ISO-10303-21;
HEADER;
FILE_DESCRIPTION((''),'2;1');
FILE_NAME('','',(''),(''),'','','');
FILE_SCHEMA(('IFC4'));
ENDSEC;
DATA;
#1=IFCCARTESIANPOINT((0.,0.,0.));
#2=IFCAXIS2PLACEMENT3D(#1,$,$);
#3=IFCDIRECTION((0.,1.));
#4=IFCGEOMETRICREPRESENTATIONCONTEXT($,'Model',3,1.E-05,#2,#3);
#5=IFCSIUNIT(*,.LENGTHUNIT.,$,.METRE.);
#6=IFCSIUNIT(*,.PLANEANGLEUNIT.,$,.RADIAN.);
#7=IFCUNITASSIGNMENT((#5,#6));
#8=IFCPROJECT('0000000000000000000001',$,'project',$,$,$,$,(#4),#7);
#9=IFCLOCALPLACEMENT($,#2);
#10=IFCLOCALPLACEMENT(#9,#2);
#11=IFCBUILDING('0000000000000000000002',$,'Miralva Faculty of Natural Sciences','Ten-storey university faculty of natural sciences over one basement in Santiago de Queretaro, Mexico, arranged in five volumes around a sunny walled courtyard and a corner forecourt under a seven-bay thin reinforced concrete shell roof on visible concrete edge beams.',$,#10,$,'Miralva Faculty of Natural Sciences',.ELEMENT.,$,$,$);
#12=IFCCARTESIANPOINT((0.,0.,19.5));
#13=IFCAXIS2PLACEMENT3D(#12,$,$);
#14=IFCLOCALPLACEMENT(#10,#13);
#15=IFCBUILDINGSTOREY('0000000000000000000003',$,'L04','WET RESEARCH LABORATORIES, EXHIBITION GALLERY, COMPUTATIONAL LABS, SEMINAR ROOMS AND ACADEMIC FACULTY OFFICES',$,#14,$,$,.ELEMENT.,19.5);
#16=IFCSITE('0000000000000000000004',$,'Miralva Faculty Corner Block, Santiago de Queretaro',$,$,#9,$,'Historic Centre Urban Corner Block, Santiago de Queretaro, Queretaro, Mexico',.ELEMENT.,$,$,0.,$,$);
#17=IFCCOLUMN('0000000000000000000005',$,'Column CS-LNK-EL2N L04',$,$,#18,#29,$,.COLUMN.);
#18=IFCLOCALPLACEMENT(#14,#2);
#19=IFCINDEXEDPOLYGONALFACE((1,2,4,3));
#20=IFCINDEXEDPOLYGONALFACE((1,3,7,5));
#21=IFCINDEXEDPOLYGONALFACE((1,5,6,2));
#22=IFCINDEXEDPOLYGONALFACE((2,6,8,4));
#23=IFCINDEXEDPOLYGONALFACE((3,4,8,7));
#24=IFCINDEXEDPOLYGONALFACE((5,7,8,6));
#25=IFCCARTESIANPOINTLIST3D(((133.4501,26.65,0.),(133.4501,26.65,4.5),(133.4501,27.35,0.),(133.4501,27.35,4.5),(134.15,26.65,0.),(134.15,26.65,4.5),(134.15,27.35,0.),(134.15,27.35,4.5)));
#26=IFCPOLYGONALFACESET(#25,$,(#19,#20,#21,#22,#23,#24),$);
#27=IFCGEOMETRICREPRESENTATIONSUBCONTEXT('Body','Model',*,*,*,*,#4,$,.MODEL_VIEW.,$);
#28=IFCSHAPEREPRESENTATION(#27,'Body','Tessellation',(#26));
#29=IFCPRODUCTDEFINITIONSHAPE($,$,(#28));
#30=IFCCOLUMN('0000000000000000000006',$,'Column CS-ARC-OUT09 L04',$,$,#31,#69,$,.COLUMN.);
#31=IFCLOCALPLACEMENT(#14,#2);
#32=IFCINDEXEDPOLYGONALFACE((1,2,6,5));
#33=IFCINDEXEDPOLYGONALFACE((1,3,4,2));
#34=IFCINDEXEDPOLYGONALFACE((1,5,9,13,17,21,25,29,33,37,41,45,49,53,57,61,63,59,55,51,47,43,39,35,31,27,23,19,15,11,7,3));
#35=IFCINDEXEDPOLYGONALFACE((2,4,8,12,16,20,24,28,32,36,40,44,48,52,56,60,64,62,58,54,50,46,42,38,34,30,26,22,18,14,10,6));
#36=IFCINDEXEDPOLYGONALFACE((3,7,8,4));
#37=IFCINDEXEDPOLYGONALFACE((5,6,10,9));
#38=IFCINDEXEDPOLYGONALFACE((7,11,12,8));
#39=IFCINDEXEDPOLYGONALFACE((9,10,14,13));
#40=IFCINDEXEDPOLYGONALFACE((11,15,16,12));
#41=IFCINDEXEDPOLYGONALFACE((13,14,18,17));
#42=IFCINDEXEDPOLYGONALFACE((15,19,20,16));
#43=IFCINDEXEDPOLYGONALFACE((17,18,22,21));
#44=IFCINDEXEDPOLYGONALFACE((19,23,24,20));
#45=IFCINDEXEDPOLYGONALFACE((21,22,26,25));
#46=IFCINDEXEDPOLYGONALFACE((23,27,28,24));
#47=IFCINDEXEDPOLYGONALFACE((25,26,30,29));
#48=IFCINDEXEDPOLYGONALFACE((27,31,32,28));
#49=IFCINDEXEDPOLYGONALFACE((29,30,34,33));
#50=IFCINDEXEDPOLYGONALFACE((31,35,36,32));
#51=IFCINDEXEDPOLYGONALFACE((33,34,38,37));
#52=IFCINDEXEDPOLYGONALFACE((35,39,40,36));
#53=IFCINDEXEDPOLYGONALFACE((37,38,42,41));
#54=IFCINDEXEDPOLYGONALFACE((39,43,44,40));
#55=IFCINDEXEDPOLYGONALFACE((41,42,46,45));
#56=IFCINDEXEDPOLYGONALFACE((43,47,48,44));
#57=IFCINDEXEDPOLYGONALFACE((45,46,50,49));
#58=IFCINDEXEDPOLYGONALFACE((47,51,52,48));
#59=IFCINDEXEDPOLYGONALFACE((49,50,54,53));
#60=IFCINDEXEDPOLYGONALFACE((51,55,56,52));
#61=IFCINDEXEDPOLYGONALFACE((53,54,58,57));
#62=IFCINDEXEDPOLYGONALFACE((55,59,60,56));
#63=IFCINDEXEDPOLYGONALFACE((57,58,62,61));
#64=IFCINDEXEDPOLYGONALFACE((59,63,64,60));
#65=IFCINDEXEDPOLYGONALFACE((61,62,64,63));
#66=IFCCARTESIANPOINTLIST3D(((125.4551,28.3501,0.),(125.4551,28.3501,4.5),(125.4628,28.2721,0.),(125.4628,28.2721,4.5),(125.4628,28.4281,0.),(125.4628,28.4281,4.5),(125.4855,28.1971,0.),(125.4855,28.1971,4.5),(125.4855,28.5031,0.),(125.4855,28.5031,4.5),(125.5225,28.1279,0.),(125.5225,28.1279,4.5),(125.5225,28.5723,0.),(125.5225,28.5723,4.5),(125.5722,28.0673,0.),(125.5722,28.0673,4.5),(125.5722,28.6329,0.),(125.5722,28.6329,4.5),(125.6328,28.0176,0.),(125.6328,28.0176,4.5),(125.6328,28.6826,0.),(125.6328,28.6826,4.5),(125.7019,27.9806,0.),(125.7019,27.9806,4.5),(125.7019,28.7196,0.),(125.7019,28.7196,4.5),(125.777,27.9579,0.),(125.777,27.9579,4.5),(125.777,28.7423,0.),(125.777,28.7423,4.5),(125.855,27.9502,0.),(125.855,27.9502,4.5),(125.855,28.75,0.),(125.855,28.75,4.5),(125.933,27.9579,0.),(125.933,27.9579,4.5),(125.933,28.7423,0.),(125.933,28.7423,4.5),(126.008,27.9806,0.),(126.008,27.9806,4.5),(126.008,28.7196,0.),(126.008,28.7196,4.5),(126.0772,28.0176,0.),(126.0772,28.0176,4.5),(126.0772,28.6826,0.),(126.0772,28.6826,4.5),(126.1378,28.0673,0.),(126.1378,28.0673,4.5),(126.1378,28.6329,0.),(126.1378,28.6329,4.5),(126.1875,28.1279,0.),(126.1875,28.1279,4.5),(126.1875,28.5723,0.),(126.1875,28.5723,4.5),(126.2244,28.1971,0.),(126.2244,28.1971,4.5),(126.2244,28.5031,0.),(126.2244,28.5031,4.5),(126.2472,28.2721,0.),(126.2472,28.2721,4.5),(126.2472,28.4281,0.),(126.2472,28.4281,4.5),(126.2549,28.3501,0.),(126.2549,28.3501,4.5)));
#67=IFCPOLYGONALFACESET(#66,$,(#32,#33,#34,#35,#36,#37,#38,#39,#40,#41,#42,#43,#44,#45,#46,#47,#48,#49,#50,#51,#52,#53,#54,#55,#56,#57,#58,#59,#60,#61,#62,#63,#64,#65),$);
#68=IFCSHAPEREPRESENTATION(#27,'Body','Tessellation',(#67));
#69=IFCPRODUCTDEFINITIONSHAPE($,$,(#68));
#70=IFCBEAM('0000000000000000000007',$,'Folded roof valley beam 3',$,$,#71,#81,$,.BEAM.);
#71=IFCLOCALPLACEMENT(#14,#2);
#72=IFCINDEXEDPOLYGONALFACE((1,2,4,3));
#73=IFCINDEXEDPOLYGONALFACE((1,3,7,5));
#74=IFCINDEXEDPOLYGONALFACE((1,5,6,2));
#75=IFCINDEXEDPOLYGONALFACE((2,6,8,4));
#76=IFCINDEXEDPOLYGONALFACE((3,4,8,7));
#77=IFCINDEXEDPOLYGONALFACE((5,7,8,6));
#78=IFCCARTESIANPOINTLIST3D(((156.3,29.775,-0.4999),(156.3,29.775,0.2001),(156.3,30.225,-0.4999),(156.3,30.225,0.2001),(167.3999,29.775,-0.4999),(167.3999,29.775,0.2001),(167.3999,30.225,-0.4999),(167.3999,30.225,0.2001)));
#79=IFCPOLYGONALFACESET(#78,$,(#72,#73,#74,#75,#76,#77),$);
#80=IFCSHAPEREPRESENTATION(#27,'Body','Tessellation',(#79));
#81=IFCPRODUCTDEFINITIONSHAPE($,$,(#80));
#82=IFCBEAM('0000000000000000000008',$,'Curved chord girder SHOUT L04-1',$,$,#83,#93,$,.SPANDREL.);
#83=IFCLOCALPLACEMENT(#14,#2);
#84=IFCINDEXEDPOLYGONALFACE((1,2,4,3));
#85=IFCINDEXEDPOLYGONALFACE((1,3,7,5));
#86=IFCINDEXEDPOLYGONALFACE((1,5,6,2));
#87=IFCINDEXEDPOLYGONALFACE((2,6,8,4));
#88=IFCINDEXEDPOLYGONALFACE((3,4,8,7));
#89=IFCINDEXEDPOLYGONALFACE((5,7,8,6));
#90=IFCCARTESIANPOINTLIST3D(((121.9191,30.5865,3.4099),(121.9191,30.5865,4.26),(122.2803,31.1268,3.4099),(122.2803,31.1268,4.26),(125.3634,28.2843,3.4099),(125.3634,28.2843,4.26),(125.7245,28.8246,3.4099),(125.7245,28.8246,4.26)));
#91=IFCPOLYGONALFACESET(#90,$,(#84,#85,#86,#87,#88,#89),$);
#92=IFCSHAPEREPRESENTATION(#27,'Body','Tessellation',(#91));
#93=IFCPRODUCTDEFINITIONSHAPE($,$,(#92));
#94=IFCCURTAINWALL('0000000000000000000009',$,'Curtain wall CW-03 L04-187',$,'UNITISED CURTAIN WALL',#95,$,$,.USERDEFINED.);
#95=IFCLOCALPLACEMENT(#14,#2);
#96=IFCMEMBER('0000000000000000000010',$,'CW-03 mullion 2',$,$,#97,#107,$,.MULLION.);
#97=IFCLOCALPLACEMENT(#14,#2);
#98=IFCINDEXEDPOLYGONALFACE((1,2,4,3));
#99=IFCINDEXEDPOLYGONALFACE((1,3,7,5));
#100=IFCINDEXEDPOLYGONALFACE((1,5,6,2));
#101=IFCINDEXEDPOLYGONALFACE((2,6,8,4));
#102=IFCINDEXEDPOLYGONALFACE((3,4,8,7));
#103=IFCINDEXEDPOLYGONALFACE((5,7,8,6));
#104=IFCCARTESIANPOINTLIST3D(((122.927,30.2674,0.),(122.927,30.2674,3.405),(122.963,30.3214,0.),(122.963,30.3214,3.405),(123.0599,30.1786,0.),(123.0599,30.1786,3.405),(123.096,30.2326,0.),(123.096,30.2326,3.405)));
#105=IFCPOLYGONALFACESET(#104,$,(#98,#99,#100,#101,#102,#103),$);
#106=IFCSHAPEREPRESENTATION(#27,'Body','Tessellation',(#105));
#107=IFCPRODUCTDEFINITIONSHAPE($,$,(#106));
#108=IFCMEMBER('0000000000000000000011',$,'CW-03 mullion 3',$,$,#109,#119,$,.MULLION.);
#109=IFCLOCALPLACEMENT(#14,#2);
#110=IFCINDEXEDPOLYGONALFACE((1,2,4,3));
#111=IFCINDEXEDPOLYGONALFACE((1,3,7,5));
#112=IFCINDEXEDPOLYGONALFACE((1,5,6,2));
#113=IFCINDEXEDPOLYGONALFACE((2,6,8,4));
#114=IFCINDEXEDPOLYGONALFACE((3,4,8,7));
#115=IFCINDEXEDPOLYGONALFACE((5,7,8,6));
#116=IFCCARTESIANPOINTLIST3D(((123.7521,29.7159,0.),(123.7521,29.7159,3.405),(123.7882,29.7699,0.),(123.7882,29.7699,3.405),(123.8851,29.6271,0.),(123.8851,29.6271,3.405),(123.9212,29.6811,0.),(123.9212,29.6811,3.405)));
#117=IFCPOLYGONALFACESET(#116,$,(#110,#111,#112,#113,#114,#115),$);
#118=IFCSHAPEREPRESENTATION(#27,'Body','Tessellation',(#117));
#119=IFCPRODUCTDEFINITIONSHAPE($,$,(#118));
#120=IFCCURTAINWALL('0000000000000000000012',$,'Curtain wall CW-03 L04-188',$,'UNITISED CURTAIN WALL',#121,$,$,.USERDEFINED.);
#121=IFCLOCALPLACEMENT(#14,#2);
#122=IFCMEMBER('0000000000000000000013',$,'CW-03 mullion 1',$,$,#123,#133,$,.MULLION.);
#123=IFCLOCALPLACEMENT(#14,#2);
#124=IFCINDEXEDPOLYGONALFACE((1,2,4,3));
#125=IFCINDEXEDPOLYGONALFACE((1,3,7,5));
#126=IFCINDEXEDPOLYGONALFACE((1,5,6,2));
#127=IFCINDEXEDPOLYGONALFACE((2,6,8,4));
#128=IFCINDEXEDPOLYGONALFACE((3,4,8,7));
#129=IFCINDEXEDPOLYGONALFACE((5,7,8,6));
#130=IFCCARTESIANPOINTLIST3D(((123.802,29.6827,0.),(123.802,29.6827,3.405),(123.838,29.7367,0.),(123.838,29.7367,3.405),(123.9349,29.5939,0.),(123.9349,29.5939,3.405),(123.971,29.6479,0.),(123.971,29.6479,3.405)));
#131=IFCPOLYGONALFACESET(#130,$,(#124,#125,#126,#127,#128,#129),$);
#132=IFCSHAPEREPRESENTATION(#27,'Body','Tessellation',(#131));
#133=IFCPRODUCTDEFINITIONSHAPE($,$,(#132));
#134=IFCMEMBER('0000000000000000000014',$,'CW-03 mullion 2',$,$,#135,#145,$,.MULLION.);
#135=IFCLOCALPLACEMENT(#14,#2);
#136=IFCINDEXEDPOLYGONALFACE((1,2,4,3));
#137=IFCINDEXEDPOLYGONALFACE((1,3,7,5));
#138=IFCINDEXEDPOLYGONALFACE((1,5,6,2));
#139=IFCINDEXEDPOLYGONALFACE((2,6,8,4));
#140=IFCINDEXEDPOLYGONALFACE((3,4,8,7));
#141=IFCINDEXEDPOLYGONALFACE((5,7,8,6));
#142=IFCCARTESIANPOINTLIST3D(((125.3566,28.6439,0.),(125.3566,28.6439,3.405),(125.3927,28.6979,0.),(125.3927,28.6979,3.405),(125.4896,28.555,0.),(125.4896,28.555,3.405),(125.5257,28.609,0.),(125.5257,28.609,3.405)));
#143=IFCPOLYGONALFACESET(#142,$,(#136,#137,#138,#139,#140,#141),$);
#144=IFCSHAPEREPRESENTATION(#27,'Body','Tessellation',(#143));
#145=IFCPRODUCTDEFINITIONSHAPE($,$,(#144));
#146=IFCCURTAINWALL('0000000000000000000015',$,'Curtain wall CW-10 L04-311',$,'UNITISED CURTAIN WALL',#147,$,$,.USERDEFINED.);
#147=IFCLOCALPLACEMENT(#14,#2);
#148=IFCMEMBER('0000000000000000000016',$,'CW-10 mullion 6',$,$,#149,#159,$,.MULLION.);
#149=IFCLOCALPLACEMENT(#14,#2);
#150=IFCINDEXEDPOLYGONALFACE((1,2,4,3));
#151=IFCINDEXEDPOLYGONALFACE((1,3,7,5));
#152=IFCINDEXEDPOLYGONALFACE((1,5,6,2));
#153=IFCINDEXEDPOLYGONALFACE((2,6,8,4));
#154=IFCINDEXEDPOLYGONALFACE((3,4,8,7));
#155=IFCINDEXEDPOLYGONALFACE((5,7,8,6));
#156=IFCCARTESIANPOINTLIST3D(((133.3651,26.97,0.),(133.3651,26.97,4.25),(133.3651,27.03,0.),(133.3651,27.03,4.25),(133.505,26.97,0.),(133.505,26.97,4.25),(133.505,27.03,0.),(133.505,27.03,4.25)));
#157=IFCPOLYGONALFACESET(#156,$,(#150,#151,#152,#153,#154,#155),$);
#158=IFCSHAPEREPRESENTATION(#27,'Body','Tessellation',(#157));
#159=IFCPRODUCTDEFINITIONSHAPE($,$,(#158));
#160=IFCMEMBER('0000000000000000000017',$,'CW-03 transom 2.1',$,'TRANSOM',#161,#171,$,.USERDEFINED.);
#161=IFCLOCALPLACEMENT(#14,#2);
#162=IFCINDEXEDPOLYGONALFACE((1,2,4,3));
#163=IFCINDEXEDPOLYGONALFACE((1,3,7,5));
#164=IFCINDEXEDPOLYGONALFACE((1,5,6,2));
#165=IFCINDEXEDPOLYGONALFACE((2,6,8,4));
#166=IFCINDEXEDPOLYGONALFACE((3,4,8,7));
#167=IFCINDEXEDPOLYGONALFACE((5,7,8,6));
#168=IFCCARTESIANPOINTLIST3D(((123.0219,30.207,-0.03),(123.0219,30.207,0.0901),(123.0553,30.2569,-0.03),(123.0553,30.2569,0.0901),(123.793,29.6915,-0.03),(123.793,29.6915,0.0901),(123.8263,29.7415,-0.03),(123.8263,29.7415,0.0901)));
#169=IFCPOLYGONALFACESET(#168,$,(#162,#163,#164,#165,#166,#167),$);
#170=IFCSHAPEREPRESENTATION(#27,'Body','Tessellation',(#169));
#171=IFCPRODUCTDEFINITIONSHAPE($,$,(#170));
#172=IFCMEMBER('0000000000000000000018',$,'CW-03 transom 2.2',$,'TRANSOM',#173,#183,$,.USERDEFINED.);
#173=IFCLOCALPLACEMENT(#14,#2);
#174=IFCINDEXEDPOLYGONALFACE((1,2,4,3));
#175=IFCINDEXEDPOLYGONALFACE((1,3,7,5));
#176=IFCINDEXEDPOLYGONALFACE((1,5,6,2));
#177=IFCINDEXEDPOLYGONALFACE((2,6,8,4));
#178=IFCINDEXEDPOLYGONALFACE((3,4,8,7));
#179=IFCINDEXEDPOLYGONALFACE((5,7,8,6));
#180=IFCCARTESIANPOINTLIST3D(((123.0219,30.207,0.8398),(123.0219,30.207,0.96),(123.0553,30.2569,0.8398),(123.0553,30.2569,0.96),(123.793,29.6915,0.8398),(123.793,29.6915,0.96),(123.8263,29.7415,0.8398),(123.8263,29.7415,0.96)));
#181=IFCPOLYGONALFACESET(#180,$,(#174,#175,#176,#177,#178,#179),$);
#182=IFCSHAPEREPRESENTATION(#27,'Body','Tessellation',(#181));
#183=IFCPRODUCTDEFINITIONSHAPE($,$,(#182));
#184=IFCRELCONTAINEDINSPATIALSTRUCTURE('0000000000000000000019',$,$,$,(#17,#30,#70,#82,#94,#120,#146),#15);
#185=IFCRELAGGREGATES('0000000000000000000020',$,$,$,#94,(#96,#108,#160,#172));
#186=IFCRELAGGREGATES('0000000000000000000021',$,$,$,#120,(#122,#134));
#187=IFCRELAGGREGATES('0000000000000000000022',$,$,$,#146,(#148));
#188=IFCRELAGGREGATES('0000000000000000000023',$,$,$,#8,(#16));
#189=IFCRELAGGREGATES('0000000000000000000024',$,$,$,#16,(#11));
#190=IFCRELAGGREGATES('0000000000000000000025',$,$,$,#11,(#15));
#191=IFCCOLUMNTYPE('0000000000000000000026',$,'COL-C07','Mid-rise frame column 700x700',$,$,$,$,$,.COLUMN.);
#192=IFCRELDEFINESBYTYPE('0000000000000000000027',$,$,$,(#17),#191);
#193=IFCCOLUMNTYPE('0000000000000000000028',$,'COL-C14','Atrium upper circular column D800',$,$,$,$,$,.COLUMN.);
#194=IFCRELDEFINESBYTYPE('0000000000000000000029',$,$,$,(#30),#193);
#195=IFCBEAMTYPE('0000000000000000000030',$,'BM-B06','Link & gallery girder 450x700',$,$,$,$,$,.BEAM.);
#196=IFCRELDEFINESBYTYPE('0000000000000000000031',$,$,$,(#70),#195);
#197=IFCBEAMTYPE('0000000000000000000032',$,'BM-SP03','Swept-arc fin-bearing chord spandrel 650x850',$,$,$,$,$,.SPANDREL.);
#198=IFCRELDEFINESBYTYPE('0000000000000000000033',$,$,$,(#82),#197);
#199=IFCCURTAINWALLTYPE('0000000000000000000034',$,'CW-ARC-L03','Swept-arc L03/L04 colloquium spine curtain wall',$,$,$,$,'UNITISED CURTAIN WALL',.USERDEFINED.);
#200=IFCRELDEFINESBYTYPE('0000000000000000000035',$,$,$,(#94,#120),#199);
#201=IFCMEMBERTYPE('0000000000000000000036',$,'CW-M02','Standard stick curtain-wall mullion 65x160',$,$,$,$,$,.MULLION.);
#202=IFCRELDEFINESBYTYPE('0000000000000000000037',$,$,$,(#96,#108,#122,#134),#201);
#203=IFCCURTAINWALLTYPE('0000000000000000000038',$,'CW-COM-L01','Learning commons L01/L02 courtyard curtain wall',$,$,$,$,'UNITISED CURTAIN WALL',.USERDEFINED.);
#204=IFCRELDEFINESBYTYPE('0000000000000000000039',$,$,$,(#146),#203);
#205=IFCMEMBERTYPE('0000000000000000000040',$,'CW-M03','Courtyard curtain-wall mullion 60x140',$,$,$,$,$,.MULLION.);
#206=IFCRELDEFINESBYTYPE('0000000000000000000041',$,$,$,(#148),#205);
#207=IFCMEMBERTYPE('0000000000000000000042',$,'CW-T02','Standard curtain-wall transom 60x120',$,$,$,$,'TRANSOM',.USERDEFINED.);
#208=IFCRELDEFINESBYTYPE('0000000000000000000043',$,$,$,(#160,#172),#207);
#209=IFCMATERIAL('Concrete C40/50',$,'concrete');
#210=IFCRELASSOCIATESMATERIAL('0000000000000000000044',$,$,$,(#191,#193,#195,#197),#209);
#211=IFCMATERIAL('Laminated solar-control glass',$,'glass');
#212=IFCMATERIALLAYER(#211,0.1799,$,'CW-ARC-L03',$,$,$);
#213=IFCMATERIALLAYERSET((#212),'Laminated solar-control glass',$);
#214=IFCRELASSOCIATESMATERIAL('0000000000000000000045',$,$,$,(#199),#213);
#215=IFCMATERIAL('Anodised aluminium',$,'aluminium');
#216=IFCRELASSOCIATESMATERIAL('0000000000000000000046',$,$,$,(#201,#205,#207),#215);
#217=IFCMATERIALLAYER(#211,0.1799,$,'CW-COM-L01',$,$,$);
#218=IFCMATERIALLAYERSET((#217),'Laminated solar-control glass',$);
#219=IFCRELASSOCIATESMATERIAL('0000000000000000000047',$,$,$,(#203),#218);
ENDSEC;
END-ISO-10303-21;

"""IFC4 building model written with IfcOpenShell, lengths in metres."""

from ifc_helpers import new_model, si_unit, direction, frame, origin, origin_2d, place, context, subcontext, project, spatial, rectangle, circle, extrude, material, layer, layer_set, material_profile, profile_set, type_object, element, aggregate, save


model = new_model("IFC4")

# Units and contexts
model_context = context("Model", 3, precision=1e-05, world=origin(), true_north=direction((0.0, 1.0)))
body_context = subcontext(model_context, "Body", "Model", "MODEL_VIEW")
ifc_project = project(units=[si_unit("LENGTHUNIT", "METRE"), si_unit("PLANEANGLEUNIT", "RADIAN")], contexts=[model_context])

# Site, building, storey
site_placement = place(None, origin())
site = spatial("IfcSite", under=ifc_project, at=site_placement, Name="Miralva Faculty Corner Block, Santiago de Queretaro", LongName="Historic Centre Urban Corner Block, Santiago de Queretaro, Queretaro, Mexico", CompositionType="ELEMENT", RefElevation=0.0)
building_placement = place(site_placement, origin())
building = spatial("IfcBuilding", under=site, at=building_placement, Name="Miralva Faculty of Natural Sciences", Description="Ten-storey university faculty of natural sciences over one basement in Santiago de Queretaro, Mexico, arranged in five volumes around a sunny walled courtyard and a corner forecourt under a seven-bay thin reinforced concrete shell roof on visible concrete edge beams.", LongName="Miralva Faculty of Natural Sciences", CompositionType="ELEMENT")
storey_placement = place(building_placement, frame((0.0, 0.0, 19.5)))
storey = spatial("IfcBuildingStorey", under=building, at=storey_placement, Name="L04", Description="WET RESEARCH LABORATORIES, EXHIBITION GALLERY, COMPUTATIONAL LABS, SEMINAR ROOMS AND ACADEMIC FACULTY OFFICES", CompositionType="ELEMENT", Elevation=19.5)

# Columns
ifc_material_1 = material(Name="Concrete C40/50", Category="concrete")
ifc_material_profile_1 = material_profile(ifc_material_1, rectangle(XDim=0.7, YDim=0.7, at=origin_2d()), Name="RC 700x700")
ifc_profile_set_1 = profile_set([ifc_material_profile_1], Name="Concrete C40/50")
column_type_1 = type_object("IfcColumnType", Name="COL-C07", Description="Mid-rise frame column 700x700", PredefinedType="COLUMN", material=ifc_profile_set_1)
column_1_placement = place(storey_placement, frame((133.8, 27.0, 0.0), z_axis=(0.0, 0.0, 1.0), x_axis=(1.0, 0.0, 0.0)))
element("IfcColumn", 1, at=column_1_placement, inside=storey, type_object=column_type_1, Name="Column CS-LNK-EL2N L04", PredefinedType="COLUMN", context=body_context, shape_type="SweptSolid", body=[
    extrude(rectangle(XDim=0.7, YDim=0.7, at=origin_2d()), origin(), (0.0, 0.0, 1.0), 4.5),
])
ifc_material_profile_2 = material_profile(ifc_material_1, circle(Radius=0.3999, at=origin_2d()), Name="RC DIA 800")
ifc_profile_set_2 = profile_set([ifc_material_profile_2], Name="Concrete C40/50")
column_type_2 = type_object("IfcColumnType", Name="COL-C14", Description="Atrium upper circular column D800", PredefinedType="COLUMN", material=ifc_profile_set_2)
column_2_placement = place(storey_placement, frame((125.855, 28.3501, 0.0), z_axis=(0.0, 0.0, 1.0), x_axis=(1.0, 0.0, 0.0)))
element("IfcColumn", 2, at=column_2_placement, inside=storey, type_object=column_type_2, Name="Column CS-ARC-OUT09 L04", PredefinedType="COLUMN", context=body_context, shape_type="SweptSolid", body=[
    extrude(circle(Radius=0.3999, at=origin_2d()), origin(), (0.0, 0.0, 1.0), 4.5),
])

# Beams
ifc_material_profile_3 = material_profile(ifc_material_1, rectangle(XDim=0.45, YDim=0.7, at=origin_2d()), Name="RC 450x700")
ifc_profile_set_3 = profile_set([ifc_material_profile_3], Name="Concrete C40/50")
beam_type_1 = type_object("IfcBeamType", Name="BM-B06", Description="Link & gallery girder 450x700", PredefinedType="BEAM", material=ifc_profile_set_3)
beam_1_placement = place(storey_placement, frame((156.3, 30.0, -0.1499), z_axis=(1.0, 0.0, 0.0), x_axis=(0.0, 1.0, 0.0)))
element("IfcBeam", 3, at=beam_1_placement, inside=storey, type_object=beam_type_1, Name="Folded roof valley beam 3", PredefinedType="BEAM", context=body_context, shape_type="SweptSolid", body=[
    extrude(rectangle(XDim=0.45, YDim=0.7, at=origin_2d()), origin(), (0.0, 0.0, 1.0), 11.0999),
])
ifc_material_profile_4 = material_profile(ifc_material_1, rectangle(XDim=0.6499, YDim=0.8501, at=origin_2d()), Name="RC 650x850")
ifc_profile_set_4 = profile_set([ifc_material_profile_4], Name="Concrete C40/50")
beam_type_2 = type_object("IfcBeamType", Name="BM-SP03", Description="Swept-arc fin-bearing chord spandrel 650x850", PredefinedType="SPANDREL", material=ifc_profile_set_4)
beam_2_placement = place(storey_placement, frame((125.5439, 28.5544, 3.835), z_axis=(-0.831379, 0.555706, 0.0), x_axis=(-0.555706, -0.831379, 0.0)))
element("IfcBeam", 4, at=beam_2_placement, inside=storey, type_object=beam_type_2, Name="Curved chord girder SHOUT L04-1", PredefinedType="SPANDREL", context=body_context, shape_type="SweptSolid", body=[
    extrude(rectangle(XDim=0.6499, YDim=0.8501, at=origin_2d()), origin(), (0.0, 0.0, 1.0), 4.1428),
])

# Curtain walls, members
ifc_material_2 = material(Name="Laminated solar-control glass", Category="glass")
ifc_layer_1 = layer(ifc_material_2, 0.1799, Name="CW-ARC-L03")
ifc_layer_set_1 = layer_set([ifc_layer_1], Name="Laminated solar-control glass")
curtain_wall_type_1 = type_object("IfcCurtainWallType", Name="CW-ARC-L03", Description="Swept-arc L03/L04 colloquium spine curtain wall", ElementType="UNITISED CURTAIN WALL", PredefinedType="USERDEFINED", material=ifc_layer_set_1)
curtain_wall_1_placement = place(storey_placement, origin())
curtain_wall_1 = element("IfcCurtainWall", 5, at=curtain_wall_1_placement, inside=storey, type_object=curtain_wall_type_1, Name="Curtain wall CW-03 L04-187", ObjectType="UNITISED CURTAIN WALL", PredefinedType="USERDEFINED")
ifc_material_3 = material(Name="Anodised aluminium", Category="aluminium")
ifc_material_profile_5 = material_profile(ifc_material_3, rectangle(XDim=0.0649, YDim=0.1599, at=origin_2d()), Name="MULLION 65x160")
ifc_profile_set_5 = profile_set([ifc_material_profile_5], Name="Anodised aluminium")
member_type_1 = type_object("IfcMemberType", Name="CW-M02", Description="Standard stick curtain-wall mullion 65x160", PredefinedType="MULLION", material=ifc_profile_set_5)
member_1_placement = place(storey_placement, frame((123.0115, 30.25, 0.0), z_axis=(0.0, 0.0, 1.0), x_axis=(0.555589, 0.831457, 0.0)))
member_1 = element("IfcMember", 6, at=member_1_placement, type_object=member_type_1, Name="CW-03 mullion 2", PredefinedType="MULLION", context=body_context, shape_type="SweptSolid", body=[
    extrude(rectangle(XDim=0.0649, YDim=0.1599, at=origin_2d()), origin(), (0.0, 0.0, 1.0), 3.405),
])
member_2_placement = place(storey_placement, frame((123.8367, 29.6985, 0.0), z_axis=(0.0, 0.0, 1.0), x_axis=(0.555589, 0.831457, 0.0)))
member_2 = element("IfcMember", 7, at=member_2_placement, type_object=member_type_1, Name="CW-03 mullion 3", PredefinedType="MULLION", context=body_context, shape_type="SweptSolid", body=[
    extrude(rectangle(XDim=0.0649, YDim=0.1599, at=origin_2d()), origin(), (0.0, 0.0, 1.0), 3.405),
])
curtain_wall_2_placement = place(storey_placement, origin())
curtain_wall_2 = element("IfcCurtainWall", 8, at=curtain_wall_2_placement, inside=storey, type_object=curtain_wall_type_1, Name="Curtain wall CW-03 L04-188", ObjectType="UNITISED CURTAIN WALL", PredefinedType="USERDEFINED")
member_3_placement = place(storey_placement, frame((123.8865, 29.6653, 0.0), z_axis=(0.0, 0.0, 1.0), x_axis=(0.555547, 0.831485, 0.0)))
member_3 = element("IfcMember", 9, at=member_3_placement, type_object=member_type_1, Name="CW-03 mullion 1", PredefinedType="MULLION", context=body_context, shape_type="SweptSolid", body=[
    extrude(rectangle(XDim=0.0649, YDim=0.1599, at=origin_2d()), origin(), (0.0, 0.0, 1.0), 3.405),
])
member_4_placement = place(storey_placement, frame((125.4412, 28.6265, 0.0), z_axis=(0.0, 0.0, 1.0), x_axis=(0.555547, 0.831485, 0.0)))
member_4 = element("IfcMember", 10, at=member_4_placement, type_object=member_type_1, Name="CW-03 mullion 2", PredefinedType="MULLION", context=body_context, shape_type="SweptSolid", body=[
    extrude(rectangle(XDim=0.0649, YDim=0.1599, at=origin_2d()), origin(), (0.0, 0.0, 1.0), 3.405),
])

# Curtain wall, member
ifc_layer_2 = layer(ifc_material_2, 0.1799, Name="CW-COM-L01")
ifc_layer_set_2 = layer_set([ifc_layer_2], Name="Laminated solar-control glass")
curtain_wall_type_2 = type_object("IfcCurtainWallType", Name="CW-COM-L01", Description="Learning commons L01/L02 courtyard curtain wall", ElementType="UNITISED CURTAIN WALL", PredefinedType="USERDEFINED", material=ifc_layer_set_2)
curtain_wall_3_placement = place(storey_placement, origin())
curtain_wall_3 = element("IfcCurtainWall", 11, at=curtain_wall_3_placement, inside=storey, type_object=curtain_wall_type_2, Name="Curtain wall CW-10 L04-311", ObjectType="UNITISED CURTAIN WALL", PredefinedType="USERDEFINED")
ifc_material_profile_6 = material_profile(ifc_material_3, rectangle(XDim=0.0601, YDim=0.1399, at=origin_2d()), Name="MULLION 60x140")
ifc_profile_set_6 = profile_set([ifc_material_profile_6], Name="Anodised aluminium")
member_type_2 = type_object("IfcMemberType", Name="CW-M03", Description="Courtyard curtain-wall mullion 60x140", PredefinedType="MULLION", material=ifc_profile_set_6)
member_5_placement = place(storey_placement, frame((133.4351, 27.0, 0.0), z_axis=(0.0, 0.0, 1.0), x_axis=(0.0, 1.0, 0.0)))
member_5 = element("IfcMember", 12, at=member_5_placement, type_object=member_type_2, Name="CW-10 mullion 6", PredefinedType="MULLION", context=body_context, shape_type="SweptSolid", body=[
    extrude(rectangle(XDim=0.0601, YDim=0.1399, at=origin_2d()), origin(), (0.0, 0.0, 1.0), 4.25),
])

# Members
ifc_material_profile_7 = material_profile(ifc_material_3, rectangle(XDim=0.0601, YDim=0.1201, at=origin_2d()), Name="TRANSOM 60x120")
ifc_profile_set_7 = profile_set([ifc_material_profile_7], Name="Anodised aluminium")
member_type_3 = type_object("IfcMemberType", Name="CW-T02", Description="Standard curtain-wall transom 60x120", ElementType="TRANSOM", PredefinedType="USERDEFINED", material=ifc_profile_set_7)
member_6_placement = place(storey_placement, frame((123.0386, 30.2319, 0.03), z_axis=(0.831361, -0.555733, 0.0), x_axis=(0.555733, 0.831361, 0.0)))
member_6 = element("IfcMember", 13, at=member_6_placement, type_object=member_type_3, Name="CW-03 transom 2.1", ObjectType="TRANSOM", PredefinedType="USERDEFINED", context=body_context, shape_type="SweptSolid", body=[
    extrude(rectangle(XDim=0.0601, YDim=0.1201, at=origin_2d()), origin(), (0.0, 0.0, 1.0), 0.9275),
])
member_7_placement = place(storey_placement, frame((123.0386, 30.2319, 0.8999), z_axis=(0.831361, -0.555733, 0.0), x_axis=(0.555733, 0.831361, 0.0)))
member_7 = element("IfcMember", 14, at=member_7_placement, type_object=member_type_3, Name="CW-03 transom 2.2", ObjectType="TRANSOM", PredefinedType="USERDEFINED", context=body_context, shape_type="SweptSolid", body=[
    extrude(rectangle(XDim=0.0601, YDim=0.1201, at=origin_2d()), origin(), (0.0, 0.0, 1.0), 0.9275),
])

aggregate(curtain_wall_1, [member_1, member_2, member_6, member_7])
aggregate(curtain_wall_2, [member_3, member_4])
aggregate(curtain_wall_3, [member_5])

save(model, "model.ifc")
